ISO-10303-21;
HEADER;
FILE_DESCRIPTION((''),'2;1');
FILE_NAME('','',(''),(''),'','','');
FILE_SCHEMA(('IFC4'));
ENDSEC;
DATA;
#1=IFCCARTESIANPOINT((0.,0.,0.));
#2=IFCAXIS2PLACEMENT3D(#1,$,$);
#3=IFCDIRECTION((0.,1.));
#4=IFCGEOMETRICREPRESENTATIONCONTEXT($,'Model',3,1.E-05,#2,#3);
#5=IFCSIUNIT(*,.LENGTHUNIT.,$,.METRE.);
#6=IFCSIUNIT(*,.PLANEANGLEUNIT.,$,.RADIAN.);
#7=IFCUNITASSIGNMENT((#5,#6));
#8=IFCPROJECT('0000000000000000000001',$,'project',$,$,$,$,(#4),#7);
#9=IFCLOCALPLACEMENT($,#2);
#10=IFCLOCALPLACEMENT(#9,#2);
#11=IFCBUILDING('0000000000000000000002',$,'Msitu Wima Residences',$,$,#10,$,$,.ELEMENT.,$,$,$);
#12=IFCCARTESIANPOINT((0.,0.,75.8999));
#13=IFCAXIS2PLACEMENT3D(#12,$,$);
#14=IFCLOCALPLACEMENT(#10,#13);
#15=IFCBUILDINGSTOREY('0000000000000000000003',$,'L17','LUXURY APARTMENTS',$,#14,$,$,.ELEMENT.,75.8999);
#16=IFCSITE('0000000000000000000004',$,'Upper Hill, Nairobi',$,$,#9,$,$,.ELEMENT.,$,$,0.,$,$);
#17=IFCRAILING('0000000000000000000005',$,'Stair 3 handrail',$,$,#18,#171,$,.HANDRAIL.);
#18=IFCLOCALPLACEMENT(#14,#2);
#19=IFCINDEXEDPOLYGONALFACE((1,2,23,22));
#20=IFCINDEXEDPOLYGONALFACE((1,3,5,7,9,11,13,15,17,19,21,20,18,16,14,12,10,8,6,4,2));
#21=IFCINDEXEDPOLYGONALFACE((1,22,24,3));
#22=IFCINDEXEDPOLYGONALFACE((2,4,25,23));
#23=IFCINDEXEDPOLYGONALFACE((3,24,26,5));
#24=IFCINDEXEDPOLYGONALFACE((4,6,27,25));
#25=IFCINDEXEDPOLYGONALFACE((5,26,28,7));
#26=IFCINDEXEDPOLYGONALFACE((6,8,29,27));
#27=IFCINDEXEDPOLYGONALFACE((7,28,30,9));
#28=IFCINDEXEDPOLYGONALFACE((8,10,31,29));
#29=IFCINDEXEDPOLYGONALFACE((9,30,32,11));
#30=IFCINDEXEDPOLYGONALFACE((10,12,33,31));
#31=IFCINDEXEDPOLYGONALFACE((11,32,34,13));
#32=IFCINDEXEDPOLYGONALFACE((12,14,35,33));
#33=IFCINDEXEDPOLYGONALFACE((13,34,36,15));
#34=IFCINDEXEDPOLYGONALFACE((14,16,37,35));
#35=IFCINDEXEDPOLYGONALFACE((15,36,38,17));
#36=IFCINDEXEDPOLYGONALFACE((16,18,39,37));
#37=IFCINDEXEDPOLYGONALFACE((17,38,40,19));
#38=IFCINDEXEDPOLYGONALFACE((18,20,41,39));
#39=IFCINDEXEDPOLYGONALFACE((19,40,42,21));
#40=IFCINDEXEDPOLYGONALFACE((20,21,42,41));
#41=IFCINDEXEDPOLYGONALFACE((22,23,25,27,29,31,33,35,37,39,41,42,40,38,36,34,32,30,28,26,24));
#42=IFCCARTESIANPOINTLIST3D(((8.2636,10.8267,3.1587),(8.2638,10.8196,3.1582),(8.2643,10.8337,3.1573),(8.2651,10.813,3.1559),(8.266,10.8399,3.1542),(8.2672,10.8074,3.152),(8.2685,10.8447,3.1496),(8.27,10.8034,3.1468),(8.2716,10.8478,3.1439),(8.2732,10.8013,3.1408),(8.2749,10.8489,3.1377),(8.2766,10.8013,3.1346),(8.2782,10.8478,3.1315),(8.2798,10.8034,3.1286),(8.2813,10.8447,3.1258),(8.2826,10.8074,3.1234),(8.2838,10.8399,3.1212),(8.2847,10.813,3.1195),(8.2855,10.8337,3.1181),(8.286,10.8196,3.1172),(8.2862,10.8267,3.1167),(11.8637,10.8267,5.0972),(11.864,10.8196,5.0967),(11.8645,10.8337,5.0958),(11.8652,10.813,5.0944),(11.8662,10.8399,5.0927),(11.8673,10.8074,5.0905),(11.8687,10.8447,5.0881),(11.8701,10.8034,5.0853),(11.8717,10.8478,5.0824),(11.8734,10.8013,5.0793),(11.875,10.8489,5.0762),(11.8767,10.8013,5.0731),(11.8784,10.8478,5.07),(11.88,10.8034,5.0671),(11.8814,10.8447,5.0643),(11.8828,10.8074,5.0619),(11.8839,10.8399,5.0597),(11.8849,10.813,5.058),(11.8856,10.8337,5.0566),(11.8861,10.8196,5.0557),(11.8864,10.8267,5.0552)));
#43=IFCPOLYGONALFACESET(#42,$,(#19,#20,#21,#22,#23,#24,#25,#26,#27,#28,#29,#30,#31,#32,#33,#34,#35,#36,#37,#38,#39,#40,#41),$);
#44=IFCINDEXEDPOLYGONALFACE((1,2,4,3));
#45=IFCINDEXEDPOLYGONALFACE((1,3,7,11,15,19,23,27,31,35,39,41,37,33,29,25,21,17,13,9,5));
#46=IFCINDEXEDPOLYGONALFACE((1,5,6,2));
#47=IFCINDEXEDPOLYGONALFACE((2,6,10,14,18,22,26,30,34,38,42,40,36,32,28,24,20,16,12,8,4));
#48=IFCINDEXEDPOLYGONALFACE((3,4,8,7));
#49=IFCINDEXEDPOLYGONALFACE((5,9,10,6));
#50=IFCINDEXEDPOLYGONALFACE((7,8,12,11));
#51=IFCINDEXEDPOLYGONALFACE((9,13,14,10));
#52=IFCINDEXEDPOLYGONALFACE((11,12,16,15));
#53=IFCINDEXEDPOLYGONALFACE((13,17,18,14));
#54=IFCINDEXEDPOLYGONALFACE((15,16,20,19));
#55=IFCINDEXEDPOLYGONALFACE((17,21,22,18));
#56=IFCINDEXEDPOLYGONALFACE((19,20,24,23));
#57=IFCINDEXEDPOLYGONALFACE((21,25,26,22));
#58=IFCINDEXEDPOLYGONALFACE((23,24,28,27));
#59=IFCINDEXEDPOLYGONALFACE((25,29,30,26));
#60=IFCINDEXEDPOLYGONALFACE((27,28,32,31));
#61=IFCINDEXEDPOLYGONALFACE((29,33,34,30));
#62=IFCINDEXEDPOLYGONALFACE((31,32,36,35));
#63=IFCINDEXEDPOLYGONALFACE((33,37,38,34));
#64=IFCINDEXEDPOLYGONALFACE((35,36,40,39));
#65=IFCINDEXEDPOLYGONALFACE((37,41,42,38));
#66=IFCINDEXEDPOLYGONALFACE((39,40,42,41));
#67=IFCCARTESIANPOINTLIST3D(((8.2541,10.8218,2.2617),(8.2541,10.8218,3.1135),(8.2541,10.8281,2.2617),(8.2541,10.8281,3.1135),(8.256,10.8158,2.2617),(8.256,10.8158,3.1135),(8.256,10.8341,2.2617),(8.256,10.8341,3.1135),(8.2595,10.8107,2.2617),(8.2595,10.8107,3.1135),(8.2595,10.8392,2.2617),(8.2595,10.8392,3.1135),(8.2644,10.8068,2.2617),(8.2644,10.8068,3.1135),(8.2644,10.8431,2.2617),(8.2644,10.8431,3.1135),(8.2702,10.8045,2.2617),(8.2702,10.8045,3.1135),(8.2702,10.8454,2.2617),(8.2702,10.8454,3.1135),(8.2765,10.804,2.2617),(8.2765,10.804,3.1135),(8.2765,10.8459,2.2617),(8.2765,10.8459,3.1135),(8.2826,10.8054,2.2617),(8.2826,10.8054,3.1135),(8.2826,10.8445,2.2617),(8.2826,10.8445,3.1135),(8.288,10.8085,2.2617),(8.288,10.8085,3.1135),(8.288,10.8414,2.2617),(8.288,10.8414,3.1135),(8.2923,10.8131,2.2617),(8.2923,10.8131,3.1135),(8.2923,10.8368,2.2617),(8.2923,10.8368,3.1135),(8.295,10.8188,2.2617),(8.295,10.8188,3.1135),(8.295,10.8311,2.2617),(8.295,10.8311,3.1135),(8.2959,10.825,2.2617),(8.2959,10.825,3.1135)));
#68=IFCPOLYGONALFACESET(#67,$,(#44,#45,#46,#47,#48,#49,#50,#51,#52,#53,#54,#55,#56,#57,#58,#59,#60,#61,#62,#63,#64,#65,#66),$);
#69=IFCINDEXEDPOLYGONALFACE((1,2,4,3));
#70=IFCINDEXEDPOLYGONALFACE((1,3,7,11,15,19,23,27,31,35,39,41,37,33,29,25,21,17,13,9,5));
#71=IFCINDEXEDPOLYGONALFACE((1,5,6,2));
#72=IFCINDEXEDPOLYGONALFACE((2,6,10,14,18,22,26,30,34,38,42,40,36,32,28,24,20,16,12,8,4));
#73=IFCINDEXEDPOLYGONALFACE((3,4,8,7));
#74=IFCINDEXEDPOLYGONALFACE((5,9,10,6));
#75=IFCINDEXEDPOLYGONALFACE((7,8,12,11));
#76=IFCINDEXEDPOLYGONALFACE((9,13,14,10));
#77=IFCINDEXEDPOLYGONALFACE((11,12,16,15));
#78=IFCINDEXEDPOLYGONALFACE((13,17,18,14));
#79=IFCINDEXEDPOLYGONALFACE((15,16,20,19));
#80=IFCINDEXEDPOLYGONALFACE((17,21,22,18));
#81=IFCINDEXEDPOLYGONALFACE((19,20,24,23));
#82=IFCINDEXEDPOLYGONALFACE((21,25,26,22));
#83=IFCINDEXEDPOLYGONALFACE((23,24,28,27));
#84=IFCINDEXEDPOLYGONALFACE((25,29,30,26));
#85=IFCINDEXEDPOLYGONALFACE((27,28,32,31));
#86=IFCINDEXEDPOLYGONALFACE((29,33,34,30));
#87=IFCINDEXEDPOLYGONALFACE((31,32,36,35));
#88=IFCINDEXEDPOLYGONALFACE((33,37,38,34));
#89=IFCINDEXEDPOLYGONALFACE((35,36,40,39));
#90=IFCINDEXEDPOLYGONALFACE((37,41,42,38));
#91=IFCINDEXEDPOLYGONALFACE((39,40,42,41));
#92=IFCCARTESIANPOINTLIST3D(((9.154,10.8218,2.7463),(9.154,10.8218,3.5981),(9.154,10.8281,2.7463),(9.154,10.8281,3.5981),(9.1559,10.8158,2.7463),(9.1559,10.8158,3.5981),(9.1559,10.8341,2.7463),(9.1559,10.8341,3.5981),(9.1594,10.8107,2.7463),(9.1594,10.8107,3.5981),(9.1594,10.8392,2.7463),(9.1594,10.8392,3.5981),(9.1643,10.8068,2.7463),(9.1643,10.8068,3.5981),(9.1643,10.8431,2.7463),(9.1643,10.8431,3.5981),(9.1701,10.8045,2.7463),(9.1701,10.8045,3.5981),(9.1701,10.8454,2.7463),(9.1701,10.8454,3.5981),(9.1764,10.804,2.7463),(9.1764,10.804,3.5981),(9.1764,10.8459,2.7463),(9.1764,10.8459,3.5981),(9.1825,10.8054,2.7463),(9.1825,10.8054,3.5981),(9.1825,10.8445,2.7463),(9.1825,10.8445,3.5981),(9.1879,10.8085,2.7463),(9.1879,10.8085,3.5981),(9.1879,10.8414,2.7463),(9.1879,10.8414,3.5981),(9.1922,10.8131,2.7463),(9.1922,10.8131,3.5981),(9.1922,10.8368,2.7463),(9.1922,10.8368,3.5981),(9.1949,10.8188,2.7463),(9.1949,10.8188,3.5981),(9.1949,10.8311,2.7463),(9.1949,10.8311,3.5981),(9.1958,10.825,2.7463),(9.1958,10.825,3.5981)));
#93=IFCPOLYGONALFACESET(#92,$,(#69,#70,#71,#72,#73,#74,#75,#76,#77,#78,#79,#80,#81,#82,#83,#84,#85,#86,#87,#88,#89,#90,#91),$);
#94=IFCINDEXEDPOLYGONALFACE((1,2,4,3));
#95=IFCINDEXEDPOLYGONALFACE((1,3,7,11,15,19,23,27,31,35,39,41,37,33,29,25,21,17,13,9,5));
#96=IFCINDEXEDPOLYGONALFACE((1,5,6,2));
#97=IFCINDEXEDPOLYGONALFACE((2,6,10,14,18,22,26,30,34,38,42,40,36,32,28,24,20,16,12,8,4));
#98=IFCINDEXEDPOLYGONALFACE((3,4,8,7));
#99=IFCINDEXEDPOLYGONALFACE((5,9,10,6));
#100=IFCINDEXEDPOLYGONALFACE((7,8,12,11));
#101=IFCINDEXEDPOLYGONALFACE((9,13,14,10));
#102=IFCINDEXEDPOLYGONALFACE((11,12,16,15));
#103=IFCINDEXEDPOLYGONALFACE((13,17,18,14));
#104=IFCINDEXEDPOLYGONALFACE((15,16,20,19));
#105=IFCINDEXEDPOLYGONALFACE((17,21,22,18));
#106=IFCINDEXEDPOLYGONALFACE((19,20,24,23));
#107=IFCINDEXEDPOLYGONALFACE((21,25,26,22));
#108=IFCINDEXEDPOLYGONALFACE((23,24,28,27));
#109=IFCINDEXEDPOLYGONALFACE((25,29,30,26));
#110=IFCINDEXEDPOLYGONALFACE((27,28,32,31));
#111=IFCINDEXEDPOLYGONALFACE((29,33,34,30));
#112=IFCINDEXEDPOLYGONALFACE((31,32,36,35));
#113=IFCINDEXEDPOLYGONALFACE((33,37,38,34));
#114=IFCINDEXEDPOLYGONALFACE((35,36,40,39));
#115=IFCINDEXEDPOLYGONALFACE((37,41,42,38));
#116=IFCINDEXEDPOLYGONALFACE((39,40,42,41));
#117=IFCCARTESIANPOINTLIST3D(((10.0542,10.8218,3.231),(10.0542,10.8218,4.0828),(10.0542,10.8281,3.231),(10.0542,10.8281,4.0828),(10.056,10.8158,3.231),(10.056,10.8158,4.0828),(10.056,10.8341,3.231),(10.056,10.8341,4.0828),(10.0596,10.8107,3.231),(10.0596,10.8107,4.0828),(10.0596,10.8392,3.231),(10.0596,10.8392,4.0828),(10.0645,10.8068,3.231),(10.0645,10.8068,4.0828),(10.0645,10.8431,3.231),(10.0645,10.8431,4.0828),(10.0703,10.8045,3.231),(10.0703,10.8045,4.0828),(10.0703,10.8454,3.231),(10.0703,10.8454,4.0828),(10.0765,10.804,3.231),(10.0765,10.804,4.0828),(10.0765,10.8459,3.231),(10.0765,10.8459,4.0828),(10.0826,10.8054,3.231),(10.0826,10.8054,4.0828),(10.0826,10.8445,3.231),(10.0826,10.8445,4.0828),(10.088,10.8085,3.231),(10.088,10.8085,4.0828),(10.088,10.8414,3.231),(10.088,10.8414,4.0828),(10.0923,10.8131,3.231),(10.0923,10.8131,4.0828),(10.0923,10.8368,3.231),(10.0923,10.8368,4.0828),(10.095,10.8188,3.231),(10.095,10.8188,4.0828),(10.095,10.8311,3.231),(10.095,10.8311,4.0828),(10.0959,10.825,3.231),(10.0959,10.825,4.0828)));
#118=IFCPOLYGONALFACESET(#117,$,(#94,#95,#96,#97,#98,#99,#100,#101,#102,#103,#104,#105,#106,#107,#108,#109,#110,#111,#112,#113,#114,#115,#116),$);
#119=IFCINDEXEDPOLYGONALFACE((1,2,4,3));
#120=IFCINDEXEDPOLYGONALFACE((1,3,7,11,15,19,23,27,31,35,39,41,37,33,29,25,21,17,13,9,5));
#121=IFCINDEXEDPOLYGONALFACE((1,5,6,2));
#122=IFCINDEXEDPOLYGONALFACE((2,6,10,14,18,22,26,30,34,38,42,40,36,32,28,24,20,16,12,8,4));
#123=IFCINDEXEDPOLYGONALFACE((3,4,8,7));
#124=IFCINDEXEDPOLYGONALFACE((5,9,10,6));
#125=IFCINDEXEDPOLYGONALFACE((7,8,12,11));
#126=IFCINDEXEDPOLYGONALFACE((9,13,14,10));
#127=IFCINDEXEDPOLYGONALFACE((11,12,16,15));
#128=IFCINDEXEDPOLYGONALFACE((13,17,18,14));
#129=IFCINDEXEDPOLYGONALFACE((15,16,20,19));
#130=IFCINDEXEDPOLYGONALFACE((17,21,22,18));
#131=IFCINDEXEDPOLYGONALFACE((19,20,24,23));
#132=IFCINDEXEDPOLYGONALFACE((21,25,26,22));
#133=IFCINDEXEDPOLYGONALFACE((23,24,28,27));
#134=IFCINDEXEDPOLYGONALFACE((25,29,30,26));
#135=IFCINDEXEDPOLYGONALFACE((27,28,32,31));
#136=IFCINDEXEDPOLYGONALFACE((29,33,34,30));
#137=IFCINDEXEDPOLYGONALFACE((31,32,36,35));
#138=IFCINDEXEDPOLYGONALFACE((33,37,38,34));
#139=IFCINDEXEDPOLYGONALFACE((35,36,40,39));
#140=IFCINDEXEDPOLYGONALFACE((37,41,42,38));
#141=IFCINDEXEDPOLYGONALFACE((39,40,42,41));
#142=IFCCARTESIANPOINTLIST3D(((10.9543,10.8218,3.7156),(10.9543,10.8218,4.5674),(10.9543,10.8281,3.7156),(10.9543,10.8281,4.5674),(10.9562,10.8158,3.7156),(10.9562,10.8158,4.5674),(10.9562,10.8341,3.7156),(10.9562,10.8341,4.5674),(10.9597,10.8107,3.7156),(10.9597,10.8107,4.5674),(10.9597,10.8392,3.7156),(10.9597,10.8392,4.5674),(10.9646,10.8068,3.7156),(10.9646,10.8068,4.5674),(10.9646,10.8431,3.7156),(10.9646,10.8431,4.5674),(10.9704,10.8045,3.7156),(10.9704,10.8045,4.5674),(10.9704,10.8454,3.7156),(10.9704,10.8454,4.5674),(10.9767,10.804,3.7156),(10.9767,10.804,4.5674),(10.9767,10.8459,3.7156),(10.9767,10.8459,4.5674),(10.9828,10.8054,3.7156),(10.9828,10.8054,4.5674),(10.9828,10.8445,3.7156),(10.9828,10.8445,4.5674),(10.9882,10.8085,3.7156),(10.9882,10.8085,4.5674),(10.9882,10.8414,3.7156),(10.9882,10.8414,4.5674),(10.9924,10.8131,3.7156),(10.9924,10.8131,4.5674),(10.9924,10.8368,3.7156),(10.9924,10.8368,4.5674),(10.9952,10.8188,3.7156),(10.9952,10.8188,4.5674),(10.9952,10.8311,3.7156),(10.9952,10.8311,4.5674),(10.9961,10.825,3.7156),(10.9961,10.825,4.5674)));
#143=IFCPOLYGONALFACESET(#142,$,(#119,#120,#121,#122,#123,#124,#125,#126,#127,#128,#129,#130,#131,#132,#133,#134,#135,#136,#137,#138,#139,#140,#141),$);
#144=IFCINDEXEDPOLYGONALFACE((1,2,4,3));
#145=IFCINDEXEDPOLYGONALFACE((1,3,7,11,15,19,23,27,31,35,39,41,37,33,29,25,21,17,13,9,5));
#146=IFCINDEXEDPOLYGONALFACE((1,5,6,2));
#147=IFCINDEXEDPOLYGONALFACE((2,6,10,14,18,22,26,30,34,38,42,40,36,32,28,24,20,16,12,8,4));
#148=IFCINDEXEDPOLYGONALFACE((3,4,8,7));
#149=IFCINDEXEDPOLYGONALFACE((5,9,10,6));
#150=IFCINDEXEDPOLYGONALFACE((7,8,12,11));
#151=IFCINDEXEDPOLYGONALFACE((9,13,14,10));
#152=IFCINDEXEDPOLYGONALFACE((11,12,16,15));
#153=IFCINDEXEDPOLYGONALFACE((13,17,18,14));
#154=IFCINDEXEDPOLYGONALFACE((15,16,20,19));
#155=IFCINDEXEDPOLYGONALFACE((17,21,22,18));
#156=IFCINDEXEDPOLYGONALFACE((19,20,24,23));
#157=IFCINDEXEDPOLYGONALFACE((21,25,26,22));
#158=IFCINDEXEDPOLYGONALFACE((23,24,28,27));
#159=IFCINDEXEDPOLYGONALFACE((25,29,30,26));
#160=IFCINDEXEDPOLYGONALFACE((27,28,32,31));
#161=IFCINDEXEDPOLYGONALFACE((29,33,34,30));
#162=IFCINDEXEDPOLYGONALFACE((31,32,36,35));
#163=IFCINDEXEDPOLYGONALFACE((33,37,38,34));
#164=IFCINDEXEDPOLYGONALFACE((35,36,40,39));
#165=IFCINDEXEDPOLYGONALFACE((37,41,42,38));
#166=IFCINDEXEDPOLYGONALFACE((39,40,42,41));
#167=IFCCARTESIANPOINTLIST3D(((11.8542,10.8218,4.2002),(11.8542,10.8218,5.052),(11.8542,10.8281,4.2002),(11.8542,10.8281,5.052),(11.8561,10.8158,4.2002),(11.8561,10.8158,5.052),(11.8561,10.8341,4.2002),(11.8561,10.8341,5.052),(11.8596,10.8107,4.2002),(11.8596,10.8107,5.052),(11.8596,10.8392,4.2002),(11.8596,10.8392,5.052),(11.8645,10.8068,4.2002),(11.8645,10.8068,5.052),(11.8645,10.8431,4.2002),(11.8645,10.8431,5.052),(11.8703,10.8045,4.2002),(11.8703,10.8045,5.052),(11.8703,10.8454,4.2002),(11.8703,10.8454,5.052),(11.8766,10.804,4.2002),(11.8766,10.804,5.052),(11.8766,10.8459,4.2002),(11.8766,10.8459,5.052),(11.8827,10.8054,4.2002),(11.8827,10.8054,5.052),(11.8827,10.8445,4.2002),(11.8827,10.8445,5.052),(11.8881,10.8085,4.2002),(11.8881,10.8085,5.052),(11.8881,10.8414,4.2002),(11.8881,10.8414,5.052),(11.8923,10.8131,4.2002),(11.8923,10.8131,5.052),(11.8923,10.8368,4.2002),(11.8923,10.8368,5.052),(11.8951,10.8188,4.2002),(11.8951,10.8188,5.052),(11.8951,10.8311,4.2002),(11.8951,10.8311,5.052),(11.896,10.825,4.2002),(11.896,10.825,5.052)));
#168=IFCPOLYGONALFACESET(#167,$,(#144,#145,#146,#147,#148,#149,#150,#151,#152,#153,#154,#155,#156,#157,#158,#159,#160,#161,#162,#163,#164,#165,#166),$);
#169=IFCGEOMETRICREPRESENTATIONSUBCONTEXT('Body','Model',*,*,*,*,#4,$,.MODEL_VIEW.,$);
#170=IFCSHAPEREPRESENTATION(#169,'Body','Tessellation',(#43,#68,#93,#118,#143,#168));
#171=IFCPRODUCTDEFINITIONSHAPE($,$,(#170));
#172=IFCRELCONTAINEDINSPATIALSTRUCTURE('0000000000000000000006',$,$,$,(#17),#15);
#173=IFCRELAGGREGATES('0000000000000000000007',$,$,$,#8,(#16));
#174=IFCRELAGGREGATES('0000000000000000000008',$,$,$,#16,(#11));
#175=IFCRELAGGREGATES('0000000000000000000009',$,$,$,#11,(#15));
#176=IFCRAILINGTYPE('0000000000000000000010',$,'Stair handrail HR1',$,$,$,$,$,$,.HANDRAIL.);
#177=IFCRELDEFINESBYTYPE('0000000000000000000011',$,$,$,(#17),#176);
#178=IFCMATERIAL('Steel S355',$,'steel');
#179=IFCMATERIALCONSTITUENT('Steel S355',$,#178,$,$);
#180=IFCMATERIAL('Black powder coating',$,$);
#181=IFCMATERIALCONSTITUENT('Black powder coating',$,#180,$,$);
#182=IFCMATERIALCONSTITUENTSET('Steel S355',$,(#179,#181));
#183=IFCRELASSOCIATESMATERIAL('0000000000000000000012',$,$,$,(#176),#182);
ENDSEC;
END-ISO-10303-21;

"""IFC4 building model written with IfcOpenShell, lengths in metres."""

from ifc_helpers import new_model, si_unit, direction, frame, origin, origin_2d, place, context, subcontext, project, spatial, circle, extrude, material, constituent, constituent_set, type_object, element, save


model = new_model("IFC4")

# Units and contexts
model_context = context("Model", 3, precision=1e-05, world=origin(), true_north=direction((0.0, 1.0)))
body_context = subcontext(model_context, "Body", "Model", "MODEL_VIEW")
ifc_project = project(units=[si_unit("LENGTHUNIT", "METRE"), si_unit("PLANEANGLEUNIT", "RADIAN")], contexts=[model_context])

# Site, building, storey
site_placement = place(None, origin())
site = spatial("IfcSite", under=ifc_project, at=site_placement, Name="Upper Hill, Nairobi", CompositionType="ELEMENT", RefElevation=0.0)
building_placement = place(site_placement, origin())
building = spatial("IfcBuilding", under=site, at=building_placement, Name="Msitu Wima Residences", CompositionType="ELEMENT")
storey_placement = place(building_placement, frame((0.0, 0.0, 75.8999)))
storey = spatial("IfcBuildingStorey", under=building, at=storey_placement, Name="L17", Description="LUXURY APARTMENTS", CompositionType="ELEMENT", Elevation=75.8999)

# Railing
ifc_material_1 = material(Name="Steel S355", Category="steel")
ifc_constituent_1 = constituent(ifc_material_1, Name="Steel S355")
ifc_material_2 = material(Name="Black powder coating")
ifc_constituent_2 = constituent(ifc_material_2, Name="Black powder coating")
ifc_constituent_set = constituent_set(constituents=[ifc_constituent_1, ifc_constituent_2], Name="Steel S355")
railing_type = type_object("IfcRailingType", Name="Stair handrail HR1", PredefinedType="HANDRAIL", material=ifc_constituent_set)
for number, where, name in (
    (1, (8.2749, 10.825, 2.2617), "Stair 3 handrail"),
):
    element("IfcRailing", number, at=place(storey_placement, frame(where)), inside=storey, type_object=railing_type, Name=name, PredefinedType="HANDRAIL", context=body_context, shape_type="SweptSolid", body=[
        extrude(circle(Radius=0.0239, at=origin_2d()), frame((0.0, 0.0, 0.876), z_axis=(0.880475, 0.0, 0.474093), x_axis=(0.0, 1.0, 0.0)), (0.0, 0.0, 1.0), 4.0889),
        extrude(circle(Radius=0.021, at=origin_2d()), origin(), (0.0, 0.0, 1.0), 0.8518),
        extrude(circle(Radius=0.021, at=origin_2d()), frame((0.8999, 0.0, 0.4846)), (0.0, 0.0, 1.0), 0.8518),
        extrude(circle(Radius=0.021, at=origin_2d()), frame((1.8, 0.0, 0.9692)), (0.0, 0.0, 1.0), 0.8518),
        extrude(circle(Radius=0.021, at=origin_2d()), frame((2.7002, 0.0, 1.4539)), (0.0, 0.0, 1.0), 0.8518),
        extrude(circle(Radius=0.021, at=origin_2d()), frame((3.6001, 0.0, 1.9385)), (0.0, 0.0, 1.0), 0.8518),
    ])

save(model, "model.ifc")
